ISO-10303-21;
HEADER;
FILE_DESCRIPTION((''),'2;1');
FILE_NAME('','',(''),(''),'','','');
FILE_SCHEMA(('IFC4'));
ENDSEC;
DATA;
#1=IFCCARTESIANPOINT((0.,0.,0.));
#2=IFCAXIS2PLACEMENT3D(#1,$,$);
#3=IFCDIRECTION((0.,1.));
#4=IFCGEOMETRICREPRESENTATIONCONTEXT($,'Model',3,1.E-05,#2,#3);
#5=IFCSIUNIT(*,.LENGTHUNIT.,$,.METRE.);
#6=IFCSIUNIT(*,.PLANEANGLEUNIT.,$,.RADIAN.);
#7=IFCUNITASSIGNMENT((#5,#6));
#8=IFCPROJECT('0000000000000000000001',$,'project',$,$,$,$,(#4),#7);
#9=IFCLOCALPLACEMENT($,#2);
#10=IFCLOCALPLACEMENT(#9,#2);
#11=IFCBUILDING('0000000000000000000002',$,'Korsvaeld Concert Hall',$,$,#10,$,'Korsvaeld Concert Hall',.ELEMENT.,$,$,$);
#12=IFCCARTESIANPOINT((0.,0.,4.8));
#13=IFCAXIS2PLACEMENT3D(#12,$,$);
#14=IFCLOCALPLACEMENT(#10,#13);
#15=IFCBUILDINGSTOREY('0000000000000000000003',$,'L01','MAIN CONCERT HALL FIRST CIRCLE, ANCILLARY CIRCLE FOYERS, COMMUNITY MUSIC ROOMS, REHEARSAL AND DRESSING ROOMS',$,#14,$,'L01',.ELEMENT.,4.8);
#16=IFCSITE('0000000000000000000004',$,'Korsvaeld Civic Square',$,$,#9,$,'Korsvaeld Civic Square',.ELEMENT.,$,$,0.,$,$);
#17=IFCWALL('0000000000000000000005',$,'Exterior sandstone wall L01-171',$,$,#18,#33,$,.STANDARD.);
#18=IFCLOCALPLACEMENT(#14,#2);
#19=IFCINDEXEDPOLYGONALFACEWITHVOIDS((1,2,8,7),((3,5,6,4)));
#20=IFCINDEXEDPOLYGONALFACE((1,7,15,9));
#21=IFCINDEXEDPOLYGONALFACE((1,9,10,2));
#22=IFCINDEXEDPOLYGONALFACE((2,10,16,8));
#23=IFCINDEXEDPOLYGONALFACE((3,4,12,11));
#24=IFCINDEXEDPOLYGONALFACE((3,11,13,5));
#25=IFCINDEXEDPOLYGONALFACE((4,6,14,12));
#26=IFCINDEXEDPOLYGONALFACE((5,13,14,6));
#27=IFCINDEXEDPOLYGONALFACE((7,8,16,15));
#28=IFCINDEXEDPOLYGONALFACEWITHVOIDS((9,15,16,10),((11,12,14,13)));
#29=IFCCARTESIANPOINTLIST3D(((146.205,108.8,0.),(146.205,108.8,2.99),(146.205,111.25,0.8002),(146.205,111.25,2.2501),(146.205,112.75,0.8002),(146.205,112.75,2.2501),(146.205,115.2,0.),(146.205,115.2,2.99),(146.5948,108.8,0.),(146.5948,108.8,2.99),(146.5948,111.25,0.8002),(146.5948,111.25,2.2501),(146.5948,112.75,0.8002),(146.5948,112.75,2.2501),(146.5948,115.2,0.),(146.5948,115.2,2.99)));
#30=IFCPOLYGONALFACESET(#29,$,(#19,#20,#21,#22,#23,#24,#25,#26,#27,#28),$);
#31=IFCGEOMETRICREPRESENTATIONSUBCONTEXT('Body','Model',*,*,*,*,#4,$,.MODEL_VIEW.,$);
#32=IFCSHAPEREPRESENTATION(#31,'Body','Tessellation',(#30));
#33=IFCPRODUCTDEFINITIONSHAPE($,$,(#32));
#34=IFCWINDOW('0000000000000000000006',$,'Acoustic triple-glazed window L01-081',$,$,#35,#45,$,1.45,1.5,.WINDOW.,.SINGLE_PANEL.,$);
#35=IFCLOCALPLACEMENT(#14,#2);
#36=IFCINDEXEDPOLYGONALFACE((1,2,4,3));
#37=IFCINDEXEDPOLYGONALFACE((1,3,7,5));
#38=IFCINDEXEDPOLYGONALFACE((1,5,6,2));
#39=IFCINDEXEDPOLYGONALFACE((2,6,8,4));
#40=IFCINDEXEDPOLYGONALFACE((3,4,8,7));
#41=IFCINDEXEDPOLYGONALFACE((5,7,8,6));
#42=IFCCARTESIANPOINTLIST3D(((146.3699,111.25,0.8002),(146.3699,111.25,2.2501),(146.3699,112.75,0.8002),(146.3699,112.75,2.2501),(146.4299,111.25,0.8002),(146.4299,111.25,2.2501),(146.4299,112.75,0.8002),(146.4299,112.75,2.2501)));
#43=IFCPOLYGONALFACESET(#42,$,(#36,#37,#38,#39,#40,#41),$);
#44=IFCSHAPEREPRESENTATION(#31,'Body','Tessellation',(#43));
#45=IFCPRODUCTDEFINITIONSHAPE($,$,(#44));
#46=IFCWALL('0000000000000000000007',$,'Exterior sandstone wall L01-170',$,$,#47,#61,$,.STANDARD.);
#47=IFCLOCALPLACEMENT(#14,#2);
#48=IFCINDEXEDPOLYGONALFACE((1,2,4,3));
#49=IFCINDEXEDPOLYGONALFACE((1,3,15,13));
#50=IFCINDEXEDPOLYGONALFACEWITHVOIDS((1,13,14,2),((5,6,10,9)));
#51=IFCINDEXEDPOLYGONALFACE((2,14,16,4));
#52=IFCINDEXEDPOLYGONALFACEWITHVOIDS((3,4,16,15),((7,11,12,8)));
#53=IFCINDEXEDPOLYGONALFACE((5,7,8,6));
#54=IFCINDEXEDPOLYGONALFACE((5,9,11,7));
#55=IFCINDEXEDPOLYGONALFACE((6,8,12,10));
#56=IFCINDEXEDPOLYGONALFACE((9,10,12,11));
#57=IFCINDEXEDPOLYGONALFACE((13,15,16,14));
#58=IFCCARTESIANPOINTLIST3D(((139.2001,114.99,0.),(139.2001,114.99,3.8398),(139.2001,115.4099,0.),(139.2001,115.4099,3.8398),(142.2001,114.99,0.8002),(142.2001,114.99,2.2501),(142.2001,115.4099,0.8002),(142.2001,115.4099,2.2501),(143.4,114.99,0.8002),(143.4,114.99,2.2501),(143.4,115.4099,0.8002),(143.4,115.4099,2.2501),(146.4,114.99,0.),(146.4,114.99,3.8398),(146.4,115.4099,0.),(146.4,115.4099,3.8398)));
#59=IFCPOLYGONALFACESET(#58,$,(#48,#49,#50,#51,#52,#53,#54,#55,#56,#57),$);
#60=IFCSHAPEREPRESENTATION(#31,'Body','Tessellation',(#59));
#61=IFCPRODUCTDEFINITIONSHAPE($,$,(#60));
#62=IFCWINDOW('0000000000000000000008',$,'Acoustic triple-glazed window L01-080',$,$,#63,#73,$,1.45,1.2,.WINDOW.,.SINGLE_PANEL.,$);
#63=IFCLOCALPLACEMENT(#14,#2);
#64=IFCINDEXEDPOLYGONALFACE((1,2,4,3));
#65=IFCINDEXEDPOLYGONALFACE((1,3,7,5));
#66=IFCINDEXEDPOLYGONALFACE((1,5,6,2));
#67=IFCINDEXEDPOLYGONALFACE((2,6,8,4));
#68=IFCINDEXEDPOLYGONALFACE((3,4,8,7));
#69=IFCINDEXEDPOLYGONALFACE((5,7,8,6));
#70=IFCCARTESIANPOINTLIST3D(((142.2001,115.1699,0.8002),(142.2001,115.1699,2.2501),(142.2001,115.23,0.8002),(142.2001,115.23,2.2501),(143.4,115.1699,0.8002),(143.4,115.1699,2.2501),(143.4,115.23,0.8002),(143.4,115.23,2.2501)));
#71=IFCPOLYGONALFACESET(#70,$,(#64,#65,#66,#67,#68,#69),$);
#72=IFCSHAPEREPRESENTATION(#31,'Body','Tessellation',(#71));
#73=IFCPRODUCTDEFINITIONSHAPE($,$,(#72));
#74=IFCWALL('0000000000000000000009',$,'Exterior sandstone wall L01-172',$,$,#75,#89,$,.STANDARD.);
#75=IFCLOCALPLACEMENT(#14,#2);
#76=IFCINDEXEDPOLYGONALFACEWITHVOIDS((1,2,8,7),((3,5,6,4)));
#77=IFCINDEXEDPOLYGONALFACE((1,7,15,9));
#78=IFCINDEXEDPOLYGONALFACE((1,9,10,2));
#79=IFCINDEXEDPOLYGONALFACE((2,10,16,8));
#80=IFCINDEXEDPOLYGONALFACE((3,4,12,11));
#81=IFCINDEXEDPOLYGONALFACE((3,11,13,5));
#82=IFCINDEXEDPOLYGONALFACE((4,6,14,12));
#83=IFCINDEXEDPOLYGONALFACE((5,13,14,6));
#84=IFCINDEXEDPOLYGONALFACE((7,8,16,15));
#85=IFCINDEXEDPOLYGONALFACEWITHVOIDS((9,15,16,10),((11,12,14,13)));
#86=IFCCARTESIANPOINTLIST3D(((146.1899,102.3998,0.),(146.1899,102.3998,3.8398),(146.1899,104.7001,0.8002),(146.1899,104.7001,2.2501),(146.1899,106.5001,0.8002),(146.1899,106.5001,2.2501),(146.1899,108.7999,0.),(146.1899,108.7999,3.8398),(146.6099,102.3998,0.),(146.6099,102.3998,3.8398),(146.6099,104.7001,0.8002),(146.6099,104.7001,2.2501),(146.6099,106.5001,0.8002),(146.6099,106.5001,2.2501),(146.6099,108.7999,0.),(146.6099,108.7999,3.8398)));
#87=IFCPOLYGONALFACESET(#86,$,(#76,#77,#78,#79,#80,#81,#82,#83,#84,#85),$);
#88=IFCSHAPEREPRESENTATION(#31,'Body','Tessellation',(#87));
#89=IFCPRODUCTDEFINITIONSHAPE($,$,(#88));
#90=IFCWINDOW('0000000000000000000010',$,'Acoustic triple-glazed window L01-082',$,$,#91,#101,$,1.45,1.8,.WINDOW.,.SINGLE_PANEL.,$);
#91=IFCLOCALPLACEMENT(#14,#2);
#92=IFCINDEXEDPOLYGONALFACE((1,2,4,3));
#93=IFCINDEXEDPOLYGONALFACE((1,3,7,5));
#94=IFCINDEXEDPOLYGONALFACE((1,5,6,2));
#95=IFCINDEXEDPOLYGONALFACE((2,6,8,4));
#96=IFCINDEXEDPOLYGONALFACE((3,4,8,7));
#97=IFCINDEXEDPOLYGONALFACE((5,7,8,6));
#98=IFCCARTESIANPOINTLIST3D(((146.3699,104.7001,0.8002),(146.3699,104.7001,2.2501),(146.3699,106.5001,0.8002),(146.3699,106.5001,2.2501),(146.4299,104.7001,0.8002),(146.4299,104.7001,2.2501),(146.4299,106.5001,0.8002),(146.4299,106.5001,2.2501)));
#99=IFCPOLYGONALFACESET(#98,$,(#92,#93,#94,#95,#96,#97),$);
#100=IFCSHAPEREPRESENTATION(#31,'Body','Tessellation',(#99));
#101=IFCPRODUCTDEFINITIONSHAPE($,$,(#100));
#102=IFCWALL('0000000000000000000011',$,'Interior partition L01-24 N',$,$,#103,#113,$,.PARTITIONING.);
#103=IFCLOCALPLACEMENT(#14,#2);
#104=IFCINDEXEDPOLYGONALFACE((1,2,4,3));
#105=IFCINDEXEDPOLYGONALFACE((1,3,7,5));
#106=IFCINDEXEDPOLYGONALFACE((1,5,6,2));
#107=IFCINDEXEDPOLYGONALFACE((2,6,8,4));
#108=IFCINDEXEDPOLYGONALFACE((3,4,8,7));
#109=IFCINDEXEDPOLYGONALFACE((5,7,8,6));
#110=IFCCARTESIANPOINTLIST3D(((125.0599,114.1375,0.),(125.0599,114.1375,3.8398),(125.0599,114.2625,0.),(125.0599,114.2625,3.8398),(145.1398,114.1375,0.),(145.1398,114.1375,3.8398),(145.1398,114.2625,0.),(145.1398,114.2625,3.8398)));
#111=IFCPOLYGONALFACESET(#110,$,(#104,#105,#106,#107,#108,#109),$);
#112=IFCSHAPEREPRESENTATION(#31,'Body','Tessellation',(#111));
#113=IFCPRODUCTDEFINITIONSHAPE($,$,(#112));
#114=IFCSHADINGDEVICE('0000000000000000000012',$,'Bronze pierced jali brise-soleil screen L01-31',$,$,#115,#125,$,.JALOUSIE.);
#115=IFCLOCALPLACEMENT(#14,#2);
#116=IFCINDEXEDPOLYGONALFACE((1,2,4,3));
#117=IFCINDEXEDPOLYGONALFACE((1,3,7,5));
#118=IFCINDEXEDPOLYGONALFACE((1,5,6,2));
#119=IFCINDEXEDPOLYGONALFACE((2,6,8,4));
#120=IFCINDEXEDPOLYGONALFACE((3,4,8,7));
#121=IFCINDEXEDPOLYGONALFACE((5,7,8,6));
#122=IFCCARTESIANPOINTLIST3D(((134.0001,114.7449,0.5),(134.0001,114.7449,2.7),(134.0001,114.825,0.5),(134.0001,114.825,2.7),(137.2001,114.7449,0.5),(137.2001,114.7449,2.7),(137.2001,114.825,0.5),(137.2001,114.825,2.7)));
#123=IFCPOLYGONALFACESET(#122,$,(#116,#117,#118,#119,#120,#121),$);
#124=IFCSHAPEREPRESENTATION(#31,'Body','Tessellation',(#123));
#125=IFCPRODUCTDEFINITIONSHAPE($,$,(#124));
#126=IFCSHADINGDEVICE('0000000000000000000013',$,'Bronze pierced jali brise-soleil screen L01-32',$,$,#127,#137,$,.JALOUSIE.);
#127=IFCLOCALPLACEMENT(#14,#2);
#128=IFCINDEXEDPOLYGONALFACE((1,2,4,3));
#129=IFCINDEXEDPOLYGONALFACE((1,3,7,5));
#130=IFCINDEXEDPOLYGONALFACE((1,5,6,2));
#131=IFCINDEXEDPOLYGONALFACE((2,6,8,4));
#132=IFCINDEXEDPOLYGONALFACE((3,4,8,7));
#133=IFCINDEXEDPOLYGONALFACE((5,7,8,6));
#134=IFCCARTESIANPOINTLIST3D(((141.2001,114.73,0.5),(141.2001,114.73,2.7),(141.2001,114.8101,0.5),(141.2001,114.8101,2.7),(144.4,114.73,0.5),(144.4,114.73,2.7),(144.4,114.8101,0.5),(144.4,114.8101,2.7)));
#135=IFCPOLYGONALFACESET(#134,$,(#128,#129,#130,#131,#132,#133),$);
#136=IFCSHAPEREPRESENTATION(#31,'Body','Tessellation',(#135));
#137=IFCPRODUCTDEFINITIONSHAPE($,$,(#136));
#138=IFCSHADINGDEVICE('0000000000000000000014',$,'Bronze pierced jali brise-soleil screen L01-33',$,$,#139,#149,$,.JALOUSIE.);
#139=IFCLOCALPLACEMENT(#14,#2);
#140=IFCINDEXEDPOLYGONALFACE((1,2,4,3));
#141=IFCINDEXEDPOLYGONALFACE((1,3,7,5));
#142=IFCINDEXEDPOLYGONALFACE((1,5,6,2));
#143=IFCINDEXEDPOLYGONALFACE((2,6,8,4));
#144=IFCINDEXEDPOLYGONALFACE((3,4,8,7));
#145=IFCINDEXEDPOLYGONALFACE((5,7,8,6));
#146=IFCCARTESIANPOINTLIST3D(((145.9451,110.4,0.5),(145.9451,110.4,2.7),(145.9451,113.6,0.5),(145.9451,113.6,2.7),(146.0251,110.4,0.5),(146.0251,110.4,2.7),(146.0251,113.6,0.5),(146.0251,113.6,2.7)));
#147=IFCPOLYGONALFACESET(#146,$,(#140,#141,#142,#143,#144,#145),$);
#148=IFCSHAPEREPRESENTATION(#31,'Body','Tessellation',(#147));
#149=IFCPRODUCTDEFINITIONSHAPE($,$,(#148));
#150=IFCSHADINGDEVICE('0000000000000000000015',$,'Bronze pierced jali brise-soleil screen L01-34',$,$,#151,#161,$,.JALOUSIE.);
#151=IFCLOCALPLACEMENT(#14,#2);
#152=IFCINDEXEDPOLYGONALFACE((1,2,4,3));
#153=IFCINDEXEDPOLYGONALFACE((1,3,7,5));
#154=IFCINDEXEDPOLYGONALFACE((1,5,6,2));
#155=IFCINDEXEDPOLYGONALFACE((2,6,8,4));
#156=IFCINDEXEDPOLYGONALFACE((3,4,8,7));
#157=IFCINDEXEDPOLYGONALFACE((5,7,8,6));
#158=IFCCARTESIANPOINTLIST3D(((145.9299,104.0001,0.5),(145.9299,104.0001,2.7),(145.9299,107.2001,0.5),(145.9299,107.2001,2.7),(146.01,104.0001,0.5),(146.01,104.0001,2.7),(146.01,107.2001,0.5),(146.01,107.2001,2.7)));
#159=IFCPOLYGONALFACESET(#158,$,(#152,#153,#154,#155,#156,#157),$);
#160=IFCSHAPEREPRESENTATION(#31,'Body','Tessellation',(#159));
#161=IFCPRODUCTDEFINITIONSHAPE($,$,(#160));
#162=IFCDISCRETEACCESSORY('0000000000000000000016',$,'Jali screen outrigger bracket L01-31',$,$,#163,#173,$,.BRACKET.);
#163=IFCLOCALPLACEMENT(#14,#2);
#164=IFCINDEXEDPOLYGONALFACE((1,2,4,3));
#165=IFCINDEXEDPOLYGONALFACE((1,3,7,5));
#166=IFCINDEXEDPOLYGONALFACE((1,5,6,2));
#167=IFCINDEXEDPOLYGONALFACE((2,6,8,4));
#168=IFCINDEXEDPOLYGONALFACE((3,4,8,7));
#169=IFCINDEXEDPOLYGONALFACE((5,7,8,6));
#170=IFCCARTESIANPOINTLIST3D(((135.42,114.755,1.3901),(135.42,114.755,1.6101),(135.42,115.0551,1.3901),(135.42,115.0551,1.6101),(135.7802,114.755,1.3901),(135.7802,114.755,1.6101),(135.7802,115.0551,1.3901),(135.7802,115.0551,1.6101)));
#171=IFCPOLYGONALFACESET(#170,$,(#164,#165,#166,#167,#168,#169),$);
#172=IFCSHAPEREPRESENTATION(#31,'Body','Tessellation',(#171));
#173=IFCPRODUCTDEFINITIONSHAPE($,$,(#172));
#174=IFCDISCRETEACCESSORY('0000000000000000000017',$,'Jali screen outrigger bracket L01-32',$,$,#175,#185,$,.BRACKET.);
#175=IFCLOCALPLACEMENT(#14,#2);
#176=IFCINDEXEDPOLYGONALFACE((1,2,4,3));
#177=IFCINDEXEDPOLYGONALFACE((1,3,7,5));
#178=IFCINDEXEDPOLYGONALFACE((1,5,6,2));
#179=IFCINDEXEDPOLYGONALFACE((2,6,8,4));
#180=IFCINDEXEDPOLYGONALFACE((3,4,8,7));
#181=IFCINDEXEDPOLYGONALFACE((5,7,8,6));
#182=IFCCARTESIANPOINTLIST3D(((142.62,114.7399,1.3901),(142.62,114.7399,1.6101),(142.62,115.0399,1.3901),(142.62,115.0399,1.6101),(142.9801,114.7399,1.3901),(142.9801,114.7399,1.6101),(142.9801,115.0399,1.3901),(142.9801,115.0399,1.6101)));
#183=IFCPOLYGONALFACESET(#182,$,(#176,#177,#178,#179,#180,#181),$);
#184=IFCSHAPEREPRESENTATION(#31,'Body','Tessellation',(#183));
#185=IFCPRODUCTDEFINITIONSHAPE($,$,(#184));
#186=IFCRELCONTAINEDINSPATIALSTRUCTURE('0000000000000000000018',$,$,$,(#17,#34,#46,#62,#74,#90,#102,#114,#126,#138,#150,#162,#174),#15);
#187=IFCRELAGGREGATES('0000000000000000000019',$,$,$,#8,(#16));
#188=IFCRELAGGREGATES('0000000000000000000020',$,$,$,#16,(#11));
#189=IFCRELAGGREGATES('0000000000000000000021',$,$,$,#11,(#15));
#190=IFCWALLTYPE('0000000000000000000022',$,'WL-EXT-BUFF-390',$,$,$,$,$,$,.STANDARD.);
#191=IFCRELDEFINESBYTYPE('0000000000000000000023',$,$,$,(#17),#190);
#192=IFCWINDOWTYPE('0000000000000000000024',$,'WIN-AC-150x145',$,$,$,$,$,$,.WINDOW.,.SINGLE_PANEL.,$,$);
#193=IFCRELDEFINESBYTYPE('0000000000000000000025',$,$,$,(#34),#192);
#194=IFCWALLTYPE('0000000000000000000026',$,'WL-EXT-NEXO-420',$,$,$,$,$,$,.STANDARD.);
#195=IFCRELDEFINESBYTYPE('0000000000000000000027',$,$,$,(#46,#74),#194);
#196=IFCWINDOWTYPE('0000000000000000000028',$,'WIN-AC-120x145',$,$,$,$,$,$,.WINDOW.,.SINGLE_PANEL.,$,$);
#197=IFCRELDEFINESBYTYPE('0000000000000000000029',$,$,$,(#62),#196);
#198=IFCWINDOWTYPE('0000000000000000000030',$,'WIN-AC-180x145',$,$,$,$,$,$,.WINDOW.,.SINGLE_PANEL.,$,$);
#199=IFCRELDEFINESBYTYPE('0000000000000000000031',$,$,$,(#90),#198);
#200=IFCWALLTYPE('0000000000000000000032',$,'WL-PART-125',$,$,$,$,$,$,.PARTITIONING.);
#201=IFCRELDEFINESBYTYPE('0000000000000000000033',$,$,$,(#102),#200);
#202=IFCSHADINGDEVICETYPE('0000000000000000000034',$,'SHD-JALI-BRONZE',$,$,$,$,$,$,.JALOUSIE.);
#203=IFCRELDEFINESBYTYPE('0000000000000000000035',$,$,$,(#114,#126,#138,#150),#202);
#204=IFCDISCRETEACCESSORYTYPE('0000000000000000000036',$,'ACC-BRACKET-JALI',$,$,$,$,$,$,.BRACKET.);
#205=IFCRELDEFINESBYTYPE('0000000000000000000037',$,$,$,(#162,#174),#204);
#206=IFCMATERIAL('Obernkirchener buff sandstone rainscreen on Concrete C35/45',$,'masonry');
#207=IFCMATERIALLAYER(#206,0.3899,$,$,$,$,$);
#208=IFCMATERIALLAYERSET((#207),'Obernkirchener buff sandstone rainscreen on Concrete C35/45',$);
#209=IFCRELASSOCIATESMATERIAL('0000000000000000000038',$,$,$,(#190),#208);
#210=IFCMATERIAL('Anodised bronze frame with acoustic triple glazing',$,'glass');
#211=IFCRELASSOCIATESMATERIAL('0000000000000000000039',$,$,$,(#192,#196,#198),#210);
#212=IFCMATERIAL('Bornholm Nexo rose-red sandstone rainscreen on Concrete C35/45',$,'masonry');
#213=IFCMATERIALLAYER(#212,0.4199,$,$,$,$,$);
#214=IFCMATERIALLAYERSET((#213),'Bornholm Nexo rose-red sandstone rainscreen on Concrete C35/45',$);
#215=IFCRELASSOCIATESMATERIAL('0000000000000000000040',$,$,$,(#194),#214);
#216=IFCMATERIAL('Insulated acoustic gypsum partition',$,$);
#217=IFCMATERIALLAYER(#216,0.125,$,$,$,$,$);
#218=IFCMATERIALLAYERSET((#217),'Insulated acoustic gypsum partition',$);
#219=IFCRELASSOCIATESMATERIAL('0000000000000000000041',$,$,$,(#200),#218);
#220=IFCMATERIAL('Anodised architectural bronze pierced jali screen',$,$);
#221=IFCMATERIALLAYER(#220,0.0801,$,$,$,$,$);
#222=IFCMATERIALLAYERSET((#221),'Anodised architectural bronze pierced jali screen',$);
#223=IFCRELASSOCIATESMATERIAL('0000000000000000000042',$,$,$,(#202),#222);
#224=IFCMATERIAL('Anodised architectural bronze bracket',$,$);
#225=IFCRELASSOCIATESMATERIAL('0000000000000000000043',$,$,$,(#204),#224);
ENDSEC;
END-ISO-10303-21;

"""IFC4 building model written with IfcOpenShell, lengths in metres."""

from ifc_helpers import new_model, si_unit, direction, frame, frame_2d, origin, origin_2d, place, context, subcontext, project, spatial, rectangle, extrude, material, layer, layer_set, type_object, element, fill, save


model = new_model("IFC4")

# Units and contexts
model_context = context("Model", 3, precision=1e-05, world=origin(), true_north=direction((0.0, 1.0)))
body_context = subcontext(model_context, "Body", "Model", "MODEL_VIEW")
ifc_project = project(units=[si_unit("LENGTHUNIT", "METRE"), si_unit("PLANEANGLEUNIT", "RADIAN")], contexts=[model_context])

# Site, building, storey
site_placement = place(None, origin())
site = spatial("IfcSite", under=ifc_project, at=site_placement, Name="Korsvaeld Civic Square", LongName="Korsvaeld Civic Square", CompositionType="ELEMENT", RefElevation=0.0)
building_placement = place(site_placement, origin())
building = spatial("IfcBuilding", under=site, at=building_placement, Name="Korsvaeld Concert Hall", LongName="Korsvaeld Concert Hall", CompositionType="ELEMENT")
storey_placement = place(building_placement, frame((0.0, 0.0, 4.8)))
storey = spatial("IfcBuildingStorey", under=building, at=storey_placement, Name="L01", Description="MAIN CONCERT HALL FIRST CIRCLE, ANCILLARY CIRCLE FOYERS, COMMUNITY MUSIC ROOMS, REHEARSAL AND DRESSING ROOMS", LongName="L01", CompositionType="ELEMENT", Elevation=4.8)

# Walls, openings, windows
ifc_material_1 = material(Name="Obernkirchener buff sandstone rainscreen on Concrete C35/45", Category="masonry")
ifc_layer_1 = layer(ifc_material_1, 0.3899)
ifc_layer_set_1 = layer_set([ifc_layer_1], Name="Obernkirchener buff sandstone rainscreen on Concrete C35/45")
wall_type_1 = type_object("IfcWallType", Name="WL-EXT-BUFF-390", PredefinedType="STANDARD", material=ifc_layer_set_1)
ifc_material_2 = material(Name="Anodised bronze frame with acoustic triple glazing", Category="glass")
wall_1_placement = place(storey_placement, frame((146.3999, 115.2, 0.0), z_axis=(0.0, 0.0, 1.0), x_axis=(0.0, -1.0, 0.0)))
wall_1 = element("IfcWall", 1, at=wall_1_placement, inside=storey, type_object=wall_type_1, Name="Exterior sandstone wall L01-171", PredefinedType="STANDARD", context=body_context, shape_type="SweptSolid", body=[
    extrude(rectangle(XDim=6.3999, YDim=0.3899, at=frame_2d((3.2, 0.0))), origin(), (0.0, 0.0, 1.0), 2.99),
])
opening_1_placement = place(wall_1_placement, frame((2.45, 0.0, 0.8)))
opening_1 = element("IfcOpeningElement", 2, at=opening_1_placement, cuts=wall_1, PredefinedType="OPENING", context=body_context, shape_type="SweptSolid", body=[
    extrude(rectangle(XDim=1.5, YDim=1.45, at=frame_2d((0.75, 0.7251))), frame((0.0, 0.2051, 0.0), z_axis=(0.0, -1.0, 0.0), x_axis=(1.0, 0.0, 0.0)), (0.0, 0.0, 1.0), 0.4099),
])
window_type_1 = type_object("IfcWindowType", Name="WIN-AC-150x145", PartitioningType="SINGLE_PANEL", PredefinedType="WINDOW", material=ifc_material_2)
window_1_placement = place(opening_1_placement, origin())
window_1 = element("IfcWindow", 3, at=window_1_placement, inside=storey, type_object=window_type_1, Name="Acoustic triple-glazed window L01-081", OverallHeight=1.45, OverallWidth=1.5, PartitioningType="SINGLE_PANEL", PredefinedType="WINDOW", context=body_context, shape_type="SweptSolid", body=[
    extrude(rectangle(XDim=1.5, YDim=1.45, at=frame_2d((0.75, 0.7251))), frame((0.0, 0.03, 0.0), z_axis=(0.0, -1.0, 0.0), x_axis=(1.0, 0.0, 0.0)), (0.0, 0.0, 1.0), 0.0601),
])
fill(opening_1, window_1)
ifc_material_3 = material(Name="Bornholm Nexo rose-red sandstone rainscreen on Concrete C35/45", Category="masonry")
ifc_layer_2 = layer(ifc_material_3, 0.4199)
ifc_layer_set_2 = layer_set([ifc_layer_2], Name="Bornholm Nexo rose-red sandstone rainscreen on Concrete C35/45")
wall_type_2 = type_object("IfcWallType", Name="WL-EXT-NEXO-420", PredefinedType="STANDARD", material=ifc_layer_set_2)
wall_2_placement = place(storey_placement, frame((139.2, 115.2, 0.0), z_axis=(0.0, 0.0, 1.0), x_axis=(1.0, 0.0, 0.0)))
wall_2 = element("IfcWall", 4, at=wall_2_placement, inside=storey, type_object=wall_type_2, Name="Exterior sandstone wall L01-170", PredefinedType="STANDARD", context=body_context, shape_type="SweptSolid", body=[
    extrude(rectangle(XDim=7.2, YDim=0.4199, at=frame_2d((3.6001, 0.0))), origin(), (0.0, 0.0, 1.0), 3.8398),
])
opening_2_placement = place(wall_2_placement, frame((3.0, 0.0, 0.8)))
opening_2 = element("IfcOpeningElement", 5, at=opening_2_placement, cuts=wall_2, PredefinedType="OPENING", context=body_context, shape_type="SweptSolid", body=[
    extrude(rectangle(XDim=1.2, YDim=1.45, at=frame_2d((0.6001, 0.7251))), frame((0.0, 0.22, 0.0), z_axis=(0.0, -1.0, 0.0), x_axis=(1.0, 0.0, 0.0)), (0.0, 0.0, 1.0), 0.4399),
])
window_type_2 = type_object("IfcWindowType", Name="WIN-AC-120x145", PartitioningType="SINGLE_PANEL", PredefinedType="WINDOW", material=ifc_material_2)
window_2_placement = place(opening_2_placement, origin())
window_2 = element("IfcWindow", 6, at=window_2_placement, inside=storey, type_object=window_type_2, Name="Acoustic triple-glazed window L01-080", OverallHeight=1.45, OverallWidth=1.2, PartitioningType="SINGLE_PANEL", PredefinedType="WINDOW", context=body_context, shape_type="SweptSolid", body=[
    extrude(rectangle(XDim=1.2, YDim=1.45, at=frame_2d((0.6001, 0.7251))), frame((0.0, 0.03, 0.0), z_axis=(0.0, -1.0, 0.0), x_axis=(1.0, 0.0, 0.0)), (0.0, 0.0, 1.0), 0.0601),
])
fill(opening_2, window_2)
wall_3_placement = place(storey_placement, frame((146.3999, 108.8, 0.0), z_axis=(0.0, 0.0, 1.0), x_axis=(0.0, -1.0, 0.0)))
wall_3 = element("IfcWall", 7, at=wall_3_placement, inside=storey, type_object=wall_type_2, Name="Exterior sandstone wall L01-172", PredefinedType="STANDARD", context=body_context, shape_type="SweptSolid", body=[
    extrude(rectangle(XDim=6.4001, YDim=0.4199, at=frame_2d((3.2002, 0.0))), origin(), (0.0, 0.0, 1.0), 3.8398),
])
opening_3_placement = place(wall_3_placement, frame((2.3, 0.0, 0.8)))
opening_3 = element("IfcOpeningElement", 8, at=opening_3_placement, cuts=wall_3, PredefinedType="OPENING", context=body_context, shape_type="SweptSolid", body=[
    extrude(rectangle(XDim=1.8, YDim=1.45, at=frame_2d((0.8999, 0.7251))), frame((0.0, 0.22, 0.0), z_axis=(0.0, -1.0, 0.0), x_axis=(1.0, 0.0, 0.0)), (0.0, 0.0, 1.0), 0.4399),
])
window_type_3 = type_object("IfcWindowType", Name="WIN-AC-180x145", PartitioningType="SINGLE_PANEL", PredefinedType="WINDOW", material=ifc_material_2)
window_3_placement = place(opening_3_placement, origin())
window_3 = element("IfcWindow", 9, at=window_3_placement, inside=storey, type_object=window_type_3, Name="Acoustic triple-glazed window L01-082", OverallHeight=1.45, OverallWidth=1.8, PartitioningType="SINGLE_PANEL", PredefinedType="WINDOW", context=body_context, shape_type="SweptSolid", body=[
    extrude(rectangle(XDim=1.8, YDim=1.45, at=frame_2d((0.8999, 0.7251))), frame((0.0, 0.03, 0.0), z_axis=(0.0, -1.0, 0.0), x_axis=(1.0, 0.0, 0.0)), (0.0, 0.0, 1.0), 0.0601),
])
fill(opening_3, window_3)

# Wall
ifc_material_4 = material(Name="Insulated acoustic gypsum partition")
ifc_layer_3 = layer(ifc_material_4, 0.125)
ifc_layer_set_3 = layer_set([ifc_layer_3], Name="Insulated acoustic gypsum partition")
wall_type_3 = type_object("IfcWallType", Name="WL-PART-125", PredefinedType="PARTITIONING", material=ifc_layer_set_3)
wall_4_placement = place(storey_placement, frame((145.1399, 114.2, 0.0), z_axis=(0.0, 0.0, 1.0), x_axis=(-1.0, 0.0, 0.0)))
element("IfcWall", 10, at=wall_4_placement, inside=storey, type_object=wall_type_3, Name="Interior partition L01-24 N", PredefinedType="PARTITIONING", context=body_context, shape_type="SweptSolid", body=[
    extrude(rectangle(XDim=20.0798, YDim=0.125, at=frame_2d((10.04, 0.0))), origin(), (0.0, 0.0, 1.0), 3.8398),
])

# Shading devices
ifc_material_5 = material(Name="Anodised architectural bronze pierced jali screen")
ifc_layer_4 = layer(ifc_material_5, 0.0801)
ifc_layer_set_4 = layer_set([ifc_layer_4], Name="Anodised architectural bronze pierced jali screen")
shading_device_type = type_object("IfcShadingDeviceType", Name="SHD-JALI-BRONZE", PredefinedType="JALOUSIE", material=ifc_layer_set_4)
for number, where, z_axis, x_axis, name in (
    (11, (135.6001, 114.7849, 0.5), (0.0, 0.0, 1.0), (1.0, 0.0, 0.0), "Bronze pierced jali brise-soleil screen L01-31"),
    (12, (142.8, 114.77, 0.5), (0.0, 0.0, 1.0), (1.0, 0.0, 0.0), "Bronze pierced jali brise-soleil screen L01-32"),
    (13, (145.9851, 112.0, 0.5), (0.0, 0.0, 1.0), (0.0, -1.0, 0.0), "Bronze pierced jali brise-soleil screen L01-33"),
    (14, (145.97, 105.6001, 0.5), (0.0, 0.0, 1.0), (0.0, -1.0, 0.0), "Bronze pierced jali brise-soleil screen L01-34"),
):
    element("IfcShadingDevice", number, at=place(storey_placement, frame(where, z_axis=z_axis, x_axis=x_axis)), inside=storey, type_object=shading_device_type, Name=name, PredefinedType="JALOUSIE", context=body_context, shape_type="SweptSolid", body=[
        extrude(rectangle(XDim=3.2, YDim=0.0801, at=origin_2d()), origin(), (0.0, 0.0, 1.0), 2.2),
    ])

# Discrete accessories
ifc_material_6 = material(Name="Anodised architectural bronze bracket")
discrete_accessory_type = type_object("IfcDiscreteAccessoryType", Name="ACC-BRACKET-JALI", PredefinedType="BRACKET", material=ifc_material_6)
for number, where, z_axis, x_axis, name in (
    (15, (135.6001, 114.905, 1.3901), (0.0, 0.0, 1.0), (1.0, 0.0, 0.0), "Jali screen outrigger bracket L01-31"),
    (16, (142.8, 114.8899, 1.3901), (0.0, 0.0, 1.0), (1.0, 0.0, 0.0), "Jali screen outrigger bracket L01-32"),
):
    element("IfcDiscreteAccessory", number, at=place(storey_placement, frame(where, z_axis=z_axis, x_axis=x_axis)), inside=storey, type_object=discrete_accessory_type, Name=name, PredefinedType="BRACKET", context=body_context, shape_type="SweptSolid", body=[
        extrude(rectangle(XDim=0.3601, YDim=0.3, at=origin_2d()), origin(), (0.0, 0.0, 1.0), 0.22),
    ])

save(model, "model.ifc")
